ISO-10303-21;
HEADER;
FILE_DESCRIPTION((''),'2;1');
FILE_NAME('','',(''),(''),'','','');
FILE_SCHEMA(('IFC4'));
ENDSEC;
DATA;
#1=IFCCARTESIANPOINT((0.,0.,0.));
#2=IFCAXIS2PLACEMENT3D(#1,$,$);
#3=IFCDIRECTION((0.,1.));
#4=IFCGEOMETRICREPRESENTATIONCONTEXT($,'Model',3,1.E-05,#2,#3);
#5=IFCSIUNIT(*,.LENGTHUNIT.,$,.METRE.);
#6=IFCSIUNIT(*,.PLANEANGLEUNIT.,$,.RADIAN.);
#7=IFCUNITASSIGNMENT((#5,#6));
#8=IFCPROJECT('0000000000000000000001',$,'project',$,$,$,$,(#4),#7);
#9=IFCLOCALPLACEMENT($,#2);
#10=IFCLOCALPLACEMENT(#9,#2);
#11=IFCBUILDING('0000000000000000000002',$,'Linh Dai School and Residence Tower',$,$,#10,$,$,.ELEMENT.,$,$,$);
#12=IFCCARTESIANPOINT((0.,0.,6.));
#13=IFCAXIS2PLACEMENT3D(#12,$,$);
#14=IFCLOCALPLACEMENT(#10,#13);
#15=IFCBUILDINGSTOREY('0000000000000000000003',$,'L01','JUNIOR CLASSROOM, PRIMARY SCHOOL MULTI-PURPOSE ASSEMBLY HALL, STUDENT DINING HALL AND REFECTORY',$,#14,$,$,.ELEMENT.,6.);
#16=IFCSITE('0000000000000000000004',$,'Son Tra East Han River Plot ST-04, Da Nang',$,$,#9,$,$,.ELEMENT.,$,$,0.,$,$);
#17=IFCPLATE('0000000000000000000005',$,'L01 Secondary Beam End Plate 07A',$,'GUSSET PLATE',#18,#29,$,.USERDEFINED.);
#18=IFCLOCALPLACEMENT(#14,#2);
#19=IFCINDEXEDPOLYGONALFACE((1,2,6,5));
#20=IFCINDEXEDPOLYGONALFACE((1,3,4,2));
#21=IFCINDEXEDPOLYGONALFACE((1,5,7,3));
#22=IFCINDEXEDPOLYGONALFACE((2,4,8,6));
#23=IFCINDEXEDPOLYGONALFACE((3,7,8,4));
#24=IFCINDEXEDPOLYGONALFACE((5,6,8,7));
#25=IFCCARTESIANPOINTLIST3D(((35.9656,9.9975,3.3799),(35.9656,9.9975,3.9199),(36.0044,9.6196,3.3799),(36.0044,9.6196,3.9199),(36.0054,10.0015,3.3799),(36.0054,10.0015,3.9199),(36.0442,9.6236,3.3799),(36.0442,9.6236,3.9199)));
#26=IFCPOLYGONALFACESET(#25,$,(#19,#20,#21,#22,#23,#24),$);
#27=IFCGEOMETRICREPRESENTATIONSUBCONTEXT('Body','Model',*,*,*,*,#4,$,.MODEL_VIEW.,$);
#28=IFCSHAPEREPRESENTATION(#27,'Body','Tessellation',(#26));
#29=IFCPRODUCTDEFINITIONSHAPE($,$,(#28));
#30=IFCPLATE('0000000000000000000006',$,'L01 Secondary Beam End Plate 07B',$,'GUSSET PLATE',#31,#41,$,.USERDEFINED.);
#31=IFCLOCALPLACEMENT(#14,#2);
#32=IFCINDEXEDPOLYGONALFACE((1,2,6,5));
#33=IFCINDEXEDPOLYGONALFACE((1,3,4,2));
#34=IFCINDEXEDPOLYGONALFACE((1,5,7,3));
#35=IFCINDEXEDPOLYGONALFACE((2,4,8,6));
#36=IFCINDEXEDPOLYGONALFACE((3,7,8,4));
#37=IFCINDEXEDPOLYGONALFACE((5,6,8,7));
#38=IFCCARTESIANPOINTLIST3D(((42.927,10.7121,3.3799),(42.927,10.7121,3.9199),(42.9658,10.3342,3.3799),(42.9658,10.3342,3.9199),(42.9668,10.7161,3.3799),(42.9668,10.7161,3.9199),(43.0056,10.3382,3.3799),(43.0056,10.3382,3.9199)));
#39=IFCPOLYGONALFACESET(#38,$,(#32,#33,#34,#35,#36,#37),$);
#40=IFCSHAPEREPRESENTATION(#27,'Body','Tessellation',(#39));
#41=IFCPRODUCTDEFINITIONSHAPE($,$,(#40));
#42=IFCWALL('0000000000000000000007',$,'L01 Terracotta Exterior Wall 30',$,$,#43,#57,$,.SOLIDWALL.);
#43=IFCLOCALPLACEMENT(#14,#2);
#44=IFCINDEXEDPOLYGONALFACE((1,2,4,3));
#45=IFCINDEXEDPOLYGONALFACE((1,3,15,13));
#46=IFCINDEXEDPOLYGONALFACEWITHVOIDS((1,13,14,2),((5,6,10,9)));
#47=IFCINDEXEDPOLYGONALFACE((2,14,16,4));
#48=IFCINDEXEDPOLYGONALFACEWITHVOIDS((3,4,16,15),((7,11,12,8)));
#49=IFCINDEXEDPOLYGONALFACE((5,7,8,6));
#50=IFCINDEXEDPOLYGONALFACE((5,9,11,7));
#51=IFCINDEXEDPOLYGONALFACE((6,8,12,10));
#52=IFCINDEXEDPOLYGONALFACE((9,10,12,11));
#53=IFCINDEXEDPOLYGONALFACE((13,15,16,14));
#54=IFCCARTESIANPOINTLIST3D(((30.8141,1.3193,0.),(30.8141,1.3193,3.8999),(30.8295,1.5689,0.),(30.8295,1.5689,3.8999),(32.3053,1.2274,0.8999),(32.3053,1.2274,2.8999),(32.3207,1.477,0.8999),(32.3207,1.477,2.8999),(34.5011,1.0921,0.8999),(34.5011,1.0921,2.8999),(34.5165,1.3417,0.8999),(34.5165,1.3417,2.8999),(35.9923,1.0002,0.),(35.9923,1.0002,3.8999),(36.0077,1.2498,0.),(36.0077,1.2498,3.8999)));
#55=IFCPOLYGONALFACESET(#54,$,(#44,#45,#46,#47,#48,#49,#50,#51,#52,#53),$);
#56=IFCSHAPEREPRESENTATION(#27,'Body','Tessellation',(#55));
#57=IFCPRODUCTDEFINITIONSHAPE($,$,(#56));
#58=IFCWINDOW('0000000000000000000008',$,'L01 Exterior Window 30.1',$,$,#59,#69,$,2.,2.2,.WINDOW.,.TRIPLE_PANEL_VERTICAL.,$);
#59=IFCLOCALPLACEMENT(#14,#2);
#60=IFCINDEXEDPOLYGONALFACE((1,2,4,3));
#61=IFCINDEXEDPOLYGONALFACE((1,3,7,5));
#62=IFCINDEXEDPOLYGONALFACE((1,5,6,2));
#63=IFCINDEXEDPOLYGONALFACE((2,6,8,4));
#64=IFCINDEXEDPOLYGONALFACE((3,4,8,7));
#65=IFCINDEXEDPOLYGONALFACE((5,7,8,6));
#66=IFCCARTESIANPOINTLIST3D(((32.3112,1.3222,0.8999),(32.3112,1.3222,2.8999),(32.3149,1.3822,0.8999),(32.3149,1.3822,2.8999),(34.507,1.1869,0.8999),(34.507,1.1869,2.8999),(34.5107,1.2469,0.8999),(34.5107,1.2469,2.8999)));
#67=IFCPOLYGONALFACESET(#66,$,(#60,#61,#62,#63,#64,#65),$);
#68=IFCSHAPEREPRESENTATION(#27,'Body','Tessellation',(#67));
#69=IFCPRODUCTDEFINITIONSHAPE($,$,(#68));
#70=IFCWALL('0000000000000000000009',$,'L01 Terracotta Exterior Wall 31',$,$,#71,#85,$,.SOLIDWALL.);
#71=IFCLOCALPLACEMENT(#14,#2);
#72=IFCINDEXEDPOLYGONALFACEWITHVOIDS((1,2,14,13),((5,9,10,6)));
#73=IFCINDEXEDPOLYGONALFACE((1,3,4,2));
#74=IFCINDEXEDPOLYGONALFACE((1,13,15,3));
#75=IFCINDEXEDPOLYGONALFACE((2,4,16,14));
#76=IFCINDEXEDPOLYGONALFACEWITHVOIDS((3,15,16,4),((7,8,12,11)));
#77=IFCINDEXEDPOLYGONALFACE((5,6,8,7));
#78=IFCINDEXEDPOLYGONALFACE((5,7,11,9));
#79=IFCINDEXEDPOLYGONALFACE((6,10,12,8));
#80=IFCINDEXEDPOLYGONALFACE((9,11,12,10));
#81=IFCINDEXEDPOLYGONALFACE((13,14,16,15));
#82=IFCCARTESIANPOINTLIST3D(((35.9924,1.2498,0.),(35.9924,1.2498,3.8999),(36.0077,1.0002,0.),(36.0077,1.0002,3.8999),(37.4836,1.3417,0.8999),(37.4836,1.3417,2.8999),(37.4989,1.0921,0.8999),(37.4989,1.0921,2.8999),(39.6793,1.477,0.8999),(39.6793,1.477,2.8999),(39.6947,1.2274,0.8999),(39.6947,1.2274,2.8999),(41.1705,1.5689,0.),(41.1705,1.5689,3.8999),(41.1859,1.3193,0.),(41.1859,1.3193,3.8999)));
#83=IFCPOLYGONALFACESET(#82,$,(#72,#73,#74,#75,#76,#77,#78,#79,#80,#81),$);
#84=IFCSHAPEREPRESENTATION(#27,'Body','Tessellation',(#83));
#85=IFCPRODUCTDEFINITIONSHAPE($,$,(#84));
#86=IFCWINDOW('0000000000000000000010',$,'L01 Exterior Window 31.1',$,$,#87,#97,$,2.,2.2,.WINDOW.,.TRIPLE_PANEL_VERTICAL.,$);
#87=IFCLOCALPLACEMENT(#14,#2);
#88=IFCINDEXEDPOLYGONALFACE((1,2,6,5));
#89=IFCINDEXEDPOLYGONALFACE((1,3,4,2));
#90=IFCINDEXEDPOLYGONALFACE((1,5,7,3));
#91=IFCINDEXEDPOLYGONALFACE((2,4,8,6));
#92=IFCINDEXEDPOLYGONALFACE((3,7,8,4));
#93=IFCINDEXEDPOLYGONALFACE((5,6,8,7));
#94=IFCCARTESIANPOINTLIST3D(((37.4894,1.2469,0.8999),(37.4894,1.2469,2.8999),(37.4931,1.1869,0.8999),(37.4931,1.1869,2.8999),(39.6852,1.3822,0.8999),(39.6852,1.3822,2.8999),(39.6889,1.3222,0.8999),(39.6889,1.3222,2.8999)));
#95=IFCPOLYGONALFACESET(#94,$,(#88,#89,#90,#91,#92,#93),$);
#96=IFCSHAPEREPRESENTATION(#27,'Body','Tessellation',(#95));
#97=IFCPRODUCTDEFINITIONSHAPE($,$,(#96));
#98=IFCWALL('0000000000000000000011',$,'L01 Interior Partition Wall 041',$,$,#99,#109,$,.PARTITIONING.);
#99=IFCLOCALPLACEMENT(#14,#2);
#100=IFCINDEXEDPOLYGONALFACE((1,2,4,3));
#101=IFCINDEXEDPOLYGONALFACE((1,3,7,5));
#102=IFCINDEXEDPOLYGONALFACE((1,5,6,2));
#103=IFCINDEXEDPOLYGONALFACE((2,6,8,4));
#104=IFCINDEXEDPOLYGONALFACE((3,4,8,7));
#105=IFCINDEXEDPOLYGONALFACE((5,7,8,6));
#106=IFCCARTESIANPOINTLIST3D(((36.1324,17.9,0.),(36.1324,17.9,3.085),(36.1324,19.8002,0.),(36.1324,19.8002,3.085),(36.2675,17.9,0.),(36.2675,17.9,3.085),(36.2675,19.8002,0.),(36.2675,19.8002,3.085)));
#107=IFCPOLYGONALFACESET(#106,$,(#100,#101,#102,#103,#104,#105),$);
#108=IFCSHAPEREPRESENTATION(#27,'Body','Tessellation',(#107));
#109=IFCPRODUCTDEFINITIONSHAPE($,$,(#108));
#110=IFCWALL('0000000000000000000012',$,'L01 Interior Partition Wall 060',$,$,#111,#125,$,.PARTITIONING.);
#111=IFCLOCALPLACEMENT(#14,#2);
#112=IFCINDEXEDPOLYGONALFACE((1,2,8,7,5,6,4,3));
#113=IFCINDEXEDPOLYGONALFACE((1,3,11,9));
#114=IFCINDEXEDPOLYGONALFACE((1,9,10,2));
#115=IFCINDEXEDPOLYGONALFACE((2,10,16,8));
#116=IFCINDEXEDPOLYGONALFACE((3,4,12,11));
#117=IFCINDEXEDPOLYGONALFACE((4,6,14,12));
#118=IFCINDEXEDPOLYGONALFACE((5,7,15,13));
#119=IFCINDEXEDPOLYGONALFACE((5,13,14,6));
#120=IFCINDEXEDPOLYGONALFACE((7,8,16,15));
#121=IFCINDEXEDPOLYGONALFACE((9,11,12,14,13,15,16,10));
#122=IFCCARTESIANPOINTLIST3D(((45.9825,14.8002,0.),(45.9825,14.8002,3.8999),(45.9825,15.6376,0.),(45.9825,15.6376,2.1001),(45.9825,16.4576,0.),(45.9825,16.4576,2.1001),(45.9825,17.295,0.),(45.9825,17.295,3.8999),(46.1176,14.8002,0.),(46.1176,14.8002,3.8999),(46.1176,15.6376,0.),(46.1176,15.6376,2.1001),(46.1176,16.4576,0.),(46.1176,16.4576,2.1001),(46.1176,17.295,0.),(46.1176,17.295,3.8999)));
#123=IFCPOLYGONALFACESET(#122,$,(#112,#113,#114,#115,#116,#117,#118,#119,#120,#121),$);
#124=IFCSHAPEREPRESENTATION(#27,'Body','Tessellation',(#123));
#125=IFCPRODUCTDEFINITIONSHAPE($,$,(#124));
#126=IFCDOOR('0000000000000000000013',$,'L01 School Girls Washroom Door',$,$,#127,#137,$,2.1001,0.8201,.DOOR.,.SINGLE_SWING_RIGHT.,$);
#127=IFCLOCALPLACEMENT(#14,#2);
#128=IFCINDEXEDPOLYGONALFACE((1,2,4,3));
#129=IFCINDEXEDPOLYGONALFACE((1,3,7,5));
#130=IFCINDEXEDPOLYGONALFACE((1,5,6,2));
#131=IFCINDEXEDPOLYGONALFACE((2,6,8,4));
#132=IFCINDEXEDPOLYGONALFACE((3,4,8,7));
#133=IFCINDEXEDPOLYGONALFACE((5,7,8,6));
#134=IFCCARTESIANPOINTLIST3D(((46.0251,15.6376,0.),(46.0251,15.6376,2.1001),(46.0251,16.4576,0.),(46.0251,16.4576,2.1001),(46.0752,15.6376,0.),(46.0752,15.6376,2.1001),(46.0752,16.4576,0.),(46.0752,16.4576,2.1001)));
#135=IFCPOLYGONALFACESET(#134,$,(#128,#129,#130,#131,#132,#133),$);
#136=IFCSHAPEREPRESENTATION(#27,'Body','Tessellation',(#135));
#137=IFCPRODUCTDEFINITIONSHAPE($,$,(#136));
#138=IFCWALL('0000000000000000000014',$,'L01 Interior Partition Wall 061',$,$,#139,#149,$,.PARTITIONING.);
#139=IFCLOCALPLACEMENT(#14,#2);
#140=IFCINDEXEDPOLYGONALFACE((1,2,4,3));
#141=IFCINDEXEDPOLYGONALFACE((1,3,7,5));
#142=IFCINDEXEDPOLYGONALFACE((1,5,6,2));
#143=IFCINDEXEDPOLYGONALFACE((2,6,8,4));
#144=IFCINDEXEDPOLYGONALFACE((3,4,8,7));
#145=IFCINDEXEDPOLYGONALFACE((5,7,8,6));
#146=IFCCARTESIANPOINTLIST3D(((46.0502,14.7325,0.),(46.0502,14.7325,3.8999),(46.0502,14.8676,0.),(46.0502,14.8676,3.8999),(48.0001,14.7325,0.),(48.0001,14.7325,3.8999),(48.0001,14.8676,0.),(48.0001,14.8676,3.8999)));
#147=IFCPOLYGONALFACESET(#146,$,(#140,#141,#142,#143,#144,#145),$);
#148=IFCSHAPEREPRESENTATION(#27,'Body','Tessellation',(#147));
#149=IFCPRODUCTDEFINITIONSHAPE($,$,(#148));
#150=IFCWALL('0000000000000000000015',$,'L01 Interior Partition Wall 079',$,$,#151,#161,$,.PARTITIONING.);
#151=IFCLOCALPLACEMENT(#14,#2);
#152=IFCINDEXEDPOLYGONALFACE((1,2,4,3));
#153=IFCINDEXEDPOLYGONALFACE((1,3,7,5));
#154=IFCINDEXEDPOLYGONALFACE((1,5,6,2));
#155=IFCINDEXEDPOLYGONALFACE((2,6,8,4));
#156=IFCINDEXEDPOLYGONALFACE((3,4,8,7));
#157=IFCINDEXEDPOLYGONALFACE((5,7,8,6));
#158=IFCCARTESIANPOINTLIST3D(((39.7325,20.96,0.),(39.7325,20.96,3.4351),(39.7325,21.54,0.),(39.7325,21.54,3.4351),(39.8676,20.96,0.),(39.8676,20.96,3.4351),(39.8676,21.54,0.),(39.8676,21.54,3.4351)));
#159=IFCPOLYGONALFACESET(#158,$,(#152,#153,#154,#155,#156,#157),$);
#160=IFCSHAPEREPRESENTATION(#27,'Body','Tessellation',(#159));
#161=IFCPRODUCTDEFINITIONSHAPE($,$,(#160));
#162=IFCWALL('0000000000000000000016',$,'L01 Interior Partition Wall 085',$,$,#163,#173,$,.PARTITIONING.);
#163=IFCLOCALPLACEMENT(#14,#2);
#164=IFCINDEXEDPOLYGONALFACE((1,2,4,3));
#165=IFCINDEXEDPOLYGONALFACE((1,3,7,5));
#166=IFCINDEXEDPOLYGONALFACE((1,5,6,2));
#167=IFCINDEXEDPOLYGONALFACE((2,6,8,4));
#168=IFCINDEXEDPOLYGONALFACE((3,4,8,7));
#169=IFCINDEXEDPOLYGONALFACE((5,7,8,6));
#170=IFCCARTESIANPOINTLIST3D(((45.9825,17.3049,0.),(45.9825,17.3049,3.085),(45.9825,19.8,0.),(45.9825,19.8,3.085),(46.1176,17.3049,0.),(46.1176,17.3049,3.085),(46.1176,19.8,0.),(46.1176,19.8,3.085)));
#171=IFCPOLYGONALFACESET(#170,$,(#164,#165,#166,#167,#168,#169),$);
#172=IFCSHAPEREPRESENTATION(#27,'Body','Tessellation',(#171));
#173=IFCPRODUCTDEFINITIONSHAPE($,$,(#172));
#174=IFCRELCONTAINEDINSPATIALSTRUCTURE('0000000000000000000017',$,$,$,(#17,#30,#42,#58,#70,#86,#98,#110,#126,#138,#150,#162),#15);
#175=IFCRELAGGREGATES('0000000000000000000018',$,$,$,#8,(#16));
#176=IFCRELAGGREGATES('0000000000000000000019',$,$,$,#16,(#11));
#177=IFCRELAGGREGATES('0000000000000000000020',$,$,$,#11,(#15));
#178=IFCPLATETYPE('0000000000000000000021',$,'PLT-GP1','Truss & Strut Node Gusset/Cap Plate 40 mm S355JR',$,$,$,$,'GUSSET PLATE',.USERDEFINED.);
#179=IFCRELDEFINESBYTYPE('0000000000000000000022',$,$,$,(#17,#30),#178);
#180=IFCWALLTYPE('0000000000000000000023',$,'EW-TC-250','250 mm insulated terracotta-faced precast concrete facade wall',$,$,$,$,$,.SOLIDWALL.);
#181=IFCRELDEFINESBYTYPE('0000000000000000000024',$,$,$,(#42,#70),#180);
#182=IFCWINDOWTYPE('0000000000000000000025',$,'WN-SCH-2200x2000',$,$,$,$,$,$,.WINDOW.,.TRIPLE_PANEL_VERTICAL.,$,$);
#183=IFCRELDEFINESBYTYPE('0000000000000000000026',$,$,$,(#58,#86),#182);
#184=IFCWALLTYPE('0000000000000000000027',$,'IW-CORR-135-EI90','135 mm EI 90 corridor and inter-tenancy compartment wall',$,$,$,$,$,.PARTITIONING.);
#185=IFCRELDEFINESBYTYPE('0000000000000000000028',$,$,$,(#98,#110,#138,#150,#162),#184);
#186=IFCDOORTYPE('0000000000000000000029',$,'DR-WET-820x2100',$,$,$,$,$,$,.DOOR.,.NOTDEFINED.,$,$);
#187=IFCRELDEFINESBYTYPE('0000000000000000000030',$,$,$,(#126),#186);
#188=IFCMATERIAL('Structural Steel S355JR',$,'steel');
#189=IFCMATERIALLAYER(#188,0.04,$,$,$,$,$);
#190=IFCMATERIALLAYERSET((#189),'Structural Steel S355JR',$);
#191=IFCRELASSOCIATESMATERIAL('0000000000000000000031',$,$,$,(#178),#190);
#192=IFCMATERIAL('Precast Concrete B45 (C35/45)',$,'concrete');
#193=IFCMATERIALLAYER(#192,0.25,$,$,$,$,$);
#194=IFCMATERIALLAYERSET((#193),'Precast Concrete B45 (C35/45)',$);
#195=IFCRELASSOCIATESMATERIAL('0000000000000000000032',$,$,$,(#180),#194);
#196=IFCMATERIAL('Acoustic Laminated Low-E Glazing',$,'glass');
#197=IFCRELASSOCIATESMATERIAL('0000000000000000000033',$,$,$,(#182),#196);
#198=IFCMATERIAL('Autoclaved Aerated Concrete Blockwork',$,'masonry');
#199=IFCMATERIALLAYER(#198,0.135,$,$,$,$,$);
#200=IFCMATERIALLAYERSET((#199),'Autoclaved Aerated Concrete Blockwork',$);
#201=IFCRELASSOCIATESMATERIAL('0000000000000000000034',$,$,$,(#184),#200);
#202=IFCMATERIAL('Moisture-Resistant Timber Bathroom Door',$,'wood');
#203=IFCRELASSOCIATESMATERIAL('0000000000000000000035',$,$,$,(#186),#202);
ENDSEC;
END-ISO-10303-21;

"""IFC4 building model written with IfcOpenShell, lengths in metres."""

from ifc_helpers import new_model, si_unit, direction, frame, frame_2d, origin, origin_2d, place, context, subcontext, project, spatial, rectangle, extrude, source, transform, mapped, material, layer, layer_set, type_object, element, fill, save


model = new_model("IFC4")

# Units and contexts
model_context = context("Model", 3, precision=1e-05, world=origin(), true_north=direction((0.0, 1.0)))
body_context = subcontext(model_context, "Body", "Model", "MODEL_VIEW")
ifc_project = project(units=[si_unit("LENGTHUNIT", "METRE"), si_unit("PLANEANGLEUNIT", "RADIAN")], contexts=[model_context])

# Site, building, storey
site_placement = place(None, origin())
site = spatial("IfcSite", under=ifc_project, at=site_placement, Name="Son Tra East Han River Plot ST-04, Da Nang", CompositionType="ELEMENT", RefElevation=0.0)
building_placement = place(site_placement, origin())
building = spatial("IfcBuilding", under=site, at=building_placement, Name="Linh Dai School and Residence Tower", CompositionType="ELEMENT")
storey_placement = place(building_placement, frame((0.0, 0.0, 6.0)))
storey = spatial("IfcBuildingStorey", under=building, at=storey_placement, Name="L01", Description="JUNIOR CLASSROOM, PRIMARY SCHOOL MULTI-PURPOSE ASSEMBLY HALL, STUDENT DINING HALL AND REFECTORY", CompositionType="ELEMENT", Elevation=6.0)

# Shared definitions
ifc_material_1 = material(Name="Structural Steel S355JR", Category="steel")

# Plates
ifc_layer_1 = layer(ifc_material_1, 0.04)
ifc_layer_set_1 = layer_set([ifc_layer_1], Name="Structural Steel S355JR")
plate_type = type_object("IfcPlateType", Name="PLT-GP1", Description="Truss & Strut Node Gusset/Cap Plate 40 mm S355JR", ElementType="GUSSET PLATE", PredefinedType="USERDEFINED", material=ifc_layer_set_1)
shared_shape_1 = source(origin(), body_context, "Body", "SweptSolid", [
    extrude(rectangle(XDim=0.04, YDim=0.3799, at=origin_2d()), origin(), (0.0, 0.0, 1.0), 0.54),
])
for number, where, z_axis, x_axis, name in (
    (1, (36.0049, 9.8105, 3.3799), (0.0, 0.0, 1.0), (0.994772, 0.102124, 0.0), "L01 Secondary Beam End Plate 07A"),
    (2, (42.9663, 10.5251, 3.3799), (0.0, 0.0, 1.0), (0.994772, 0.102124, 0.0), "L01 Secondary Beam End Plate 07B"),
):
    element("IfcPlate", number, at=place(storey_placement, frame(where, z_axis=z_axis, x_axis=x_axis)), inside=storey, type_object=plate_type, Name=name, ObjectType="GUSSET PLATE", PredefinedType="USERDEFINED", context=body_context, shape_type="MappedRepresentation", body=[
        mapped(shared_shape_1, transform((0.0, 0.0, 0.0), x_axis=(1.0, 0.0, 0.0), y_axis=(0.0, 1.0, 0.0), z_axis=(0.0, 0.0, 1.0), scale=1.0)),
    ])

# Walls, openings, windows
ifc_material_2 = material(Name="Precast Concrete B45 (C35/45)", Category="concrete")
ifc_layer_2 = layer(ifc_material_2, 0.25)
ifc_layer_set_2 = layer_set([ifc_layer_2], Name="Precast Concrete B45 (C35/45)")
wall_type_1 = type_object("IfcWallType", Name="EW-TC-250", Description="250 mm insulated terracotta-faced precast concrete facade wall", PredefinedType="SOLIDWALL", material=ifc_layer_set_2)
wall_1_placement = place(storey_placement, frame((36.0, 1.125, 0.0), z_axis=(0.0, 0.0, 1.0), x_axis=(-0.998107, 0.061505, 0.0)))
wall_1 = element("IfcWall", 3, at=wall_1_placement, inside=storey, type_object=wall_type_1, Name="L01 Terracotta Exterior Wall 30", PredefinedType="SOLIDWALL", context=body_context, shape_type="SweptSolid", body=[
    extrude(rectangle(XDim=5.188, YDim=0.25, at=frame_2d((2.594, 0.0))), origin(), (0.0, 0.0, 1.0), 3.8999),
])
opening_1_placement = place(wall_1_placement, frame((1.4939, 0.0, 0.8999)))
opening_1 = element("IfcOpeningElement", 4, at=opening_1_placement, cuts=wall_1, PredefinedType="OPENING", context=body_context, shape_type="SweptSolid", body=[
    extrude(rectangle(XDim=2.2, YDim=2.0, at=origin_2d()), frame((1.1001, 0.135, 1.0), z_axis=(0.0, -1.0, 0.0), x_axis=(1.0, 0.0, 0.0)), (0.0, 0.0, 1.0), 0.27),
])
ifc_material_3 = material(Name="Acoustic Laminated Low-E Glazing", Category="glass")
window_type = type_object("IfcWindowType", Name="WN-SCH-2200x2000", PartitioningType="TRIPLE_PANEL_VERTICAL", PredefinedType="WINDOW", material=ifc_material_3)
shared_shape_2 = source(origin(), body_context, "Body", "SweptSolid", [
    extrude(rectangle(XDim=2.2, YDim=2.0, at=origin_2d()), frame((1.1001, 0.03, 1.0), z_axis=(0.0, -1.0, 0.0), x_axis=(1.0, 0.0, 0.0)), (0.0, 0.0, 1.0), 0.0601),
])
window_1_placement = place(opening_1_placement, origin())
window_1 = element("IfcWindow", 5, at=window_1_placement, inside=storey, type_object=window_type, Name="L01 Exterior Window 30.1", OverallHeight=2.0, OverallWidth=2.2, PartitioningType="TRIPLE_PANEL_VERTICAL", PredefinedType="WINDOW", context=body_context, shape_type="MappedRepresentation", body=[
    mapped(shared_shape_2, transform((0.0, 0.0, 0.0), x_axis=(1.0, 0.0, 0.0), y_axis=(0.0, 1.0, 0.0), z_axis=(0.0, 0.0, 1.0), scale=1.0)),
])
fill(opening_1, window_1)
wall_2_placement = place(storey_placement, frame((41.1782, 1.4441, 0.0), z_axis=(0.0, 0.0, 1.0), x_axis=(-0.998107, -0.061505, 0.0)))
wall_2 = element("IfcWall", 6, at=wall_2_placement, inside=storey, type_object=wall_type_1, Name="L01 Terracotta Exterior Wall 31", PredefinedType="SOLIDWALL", context=body_context, shape_type="SweptSolid", body=[
    extrude(rectangle(XDim=5.188, YDim=0.25, at=frame_2d((2.594, 0.0))), origin(), (0.0, 0.0, 1.0), 3.8999),
])
opening_2_placement = place(wall_2_placement, frame((1.4939, 0.0, 0.8999)))
opening_2 = element("IfcOpeningElement", 7, at=opening_2_placement, cuts=wall_2, PredefinedType="OPENING", context=body_context, shape_type="SweptSolid", body=[
    extrude(rectangle(XDim=2.2, YDim=2.0, at=origin_2d()), frame((1.1001, 0.135, 1.0), z_axis=(0.0, -1.0, 0.0), x_axis=(1.0, 0.0, 0.0)), (0.0, 0.0, 1.0), 0.27),
])
window_2_placement = place(opening_2_placement, origin())
window_2 = element("IfcWindow", 8, at=window_2_placement, inside=storey, type_object=window_type, Name="L01 Exterior Window 31.1", OverallHeight=2.0, OverallWidth=2.2, PartitioningType="TRIPLE_PANEL_VERTICAL", PredefinedType="WINDOW", context=body_context, shape_type="MappedRepresentation", body=[
    mapped(shared_shape_2, transform((0.0, 0.0, 0.0), x_axis=(1.0, 0.0, 0.0), y_axis=(0.0, 1.0, 0.0), z_axis=(0.0, 0.0, 1.0), scale=1.0)),
])
fill(opening_2, window_2)

# Wall
ifc_material_4 = material(Name="Autoclaved Aerated Concrete Blockwork", Category="masonry")
ifc_layer_3 = layer(ifc_material_4, 0.135)
ifc_layer_set_3 = layer_set([ifc_layer_3], Name="Autoclaved Aerated Concrete Blockwork")
wall_type_2 = type_object("IfcWallType", Name="IW-CORR-135-EI90", Description="135 mm EI 90 corridor and inter-tenancy compartment wall", PredefinedType="PARTITIONING", material=ifc_layer_set_3)
wall_3_placement = place(storey_placement, frame((36.2, 17.8999, 0.0), z_axis=(0.0, 0.0, 1.0), x_axis=(0.0, 1.0, 0.0)))
element("IfcWall", 9, at=wall_3_placement, inside=storey, type_object=wall_type_2, Name="L01 Interior Partition Wall 041", PredefinedType="PARTITIONING", context=body_context, shape_type="SweptSolid", body=[
    extrude(rectangle(XDim=1.9001, YDim=0.135, at=frame_2d((0.9502, 0.0))), origin(), (0.0, 0.0, 1.0), 3.085),
])

# Wall, opening, door
wall_4_placement = place(storey_placement, frame((46.05, 14.8, 0.0), z_axis=(0.0, 0.0, 1.0), x_axis=(0.0, 1.0, 0.0)))
wall_4 = element("IfcWall", 10, at=wall_4_placement, inside=storey, type_object=wall_type_2, Name="L01 Interior Partition Wall 060", PredefinedType="PARTITIONING", context=body_context, shape_type="SweptSolid", body=[
    extrude(rectangle(XDim=2.4949, YDim=0.135, at=frame_2d((1.2476, 0.0))), origin(), (0.0, 0.0, 1.0), 3.8999),
])
opening_3_placement = place(wall_4_placement, frame((0.8374, 0.0, 0.0)))
opening_3 = element("IfcOpeningElement", 11, at=opening_3_placement, cuts=wall_4, PredefinedType="OPENING", context=body_context, shape_type="SweptSolid", body=[
    extrude(rectangle(XDim=0.8201, YDim=2.1001, at=origin_2d()), frame((0.4102, 0.0776, 1.05), z_axis=(0.0, -1.0, 0.0), x_axis=(1.0, 0.0, 0.0)), (0.0, 0.0, 1.0), 0.155),
])
ifc_material_5 = material(Name="Moisture-Resistant Timber Bathroom Door", Category="wood")
door_type_1 = type_object("IfcDoorType", Name="DR-WET-820x2100", OperationType="NOTDEFINED", PredefinedType="DOOR", material=ifc_material_5)
shared_shape_3 = source(origin(), body_context, "Body", "SweptSolid", [
    extrude(rectangle(XDim=0.8201, YDim=2.1001, at=origin_2d()), frame((0.4102, 0.0249, 1.05), z_axis=(0.0, -1.0, 0.0), x_axis=(1.0, 0.0, 0.0)), (0.0, 0.0, 1.0), 0.05),
])
door_1_placement = place(opening_3_placement, origin())
door_1 = element("IfcDoor", 12, at=door_1_placement, inside=storey, type_object=door_type_1, Name="L01 School Girls Washroom Door", OperationType="SINGLE_SWING_RIGHT", OverallHeight=2.1001, OverallWidth=0.8201, PredefinedType="DOOR", context=body_context, shape_type="MappedRepresentation", body=[
    mapped(shared_shape_3, transform((0.0, 0.0, 0.0), x_axis=(1.0, 0.0, 0.0), y_axis=(0.0, 1.0, 0.0), z_axis=(0.0, 0.0, 1.0), scale=1.0)),
])
fill(opening_3, door_1)

# Walls
wall_5_placement = place(storey_placement, frame((46.05, 14.8, 0.0), z_axis=(0.0, 0.0, 1.0), x_axis=(1.0, 0.0, 0.0)))
element("IfcWall", 13, at=wall_5_placement, inside=storey, type_object=wall_type_2, Name="L01 Interior Partition Wall 061", PredefinedType="PARTITIONING", context=body_context, shape_type="SweptSolid", body=[
    extrude(rectangle(XDim=1.95, YDim=0.135, at=frame_2d((0.9751, 0.0))), origin(), (0.0, 0.0, 1.0), 3.8999),
])
wall_6_placement = place(storey_placement, frame((39.8, 20.96, 0.0), z_axis=(0.0, 0.0, 1.0), x_axis=(0.0, 1.0, 0.0)))
element("IfcWall", 14, at=wall_6_placement, inside=storey, type_object=wall_type_2, Name="L01 Interior Partition Wall 079", PredefinedType="PARTITIONING", context=body_context, shape_type="SweptSolid", body=[
    extrude(rectangle(XDim=0.5801, YDim=0.135, at=frame_2d((0.29, 0.0))), origin(), (0.0, 0.0, 1.0), 3.4351),
])
wall_7_placement = place(storey_placement, frame((46.05, 17.3049, 0.0), z_axis=(0.0, 0.0, 1.0), x_axis=(0.0, 1.0, 0.0)))
element("IfcWall", 15, at=wall_7_placement, inside=storey, type_object=wall_type_2, Name="L01 Interior Partition Wall 085", PredefinedType="PARTITIONING", context=body_context, shape_type="SweptSolid", body=[
    extrude(rectangle(XDim=2.4951, YDim=0.135, at=frame_2d((1.2476, 0.0))), origin(), (0.0, 0.0, 1.0), 3.085),
])

save(model, "model.ifc")
